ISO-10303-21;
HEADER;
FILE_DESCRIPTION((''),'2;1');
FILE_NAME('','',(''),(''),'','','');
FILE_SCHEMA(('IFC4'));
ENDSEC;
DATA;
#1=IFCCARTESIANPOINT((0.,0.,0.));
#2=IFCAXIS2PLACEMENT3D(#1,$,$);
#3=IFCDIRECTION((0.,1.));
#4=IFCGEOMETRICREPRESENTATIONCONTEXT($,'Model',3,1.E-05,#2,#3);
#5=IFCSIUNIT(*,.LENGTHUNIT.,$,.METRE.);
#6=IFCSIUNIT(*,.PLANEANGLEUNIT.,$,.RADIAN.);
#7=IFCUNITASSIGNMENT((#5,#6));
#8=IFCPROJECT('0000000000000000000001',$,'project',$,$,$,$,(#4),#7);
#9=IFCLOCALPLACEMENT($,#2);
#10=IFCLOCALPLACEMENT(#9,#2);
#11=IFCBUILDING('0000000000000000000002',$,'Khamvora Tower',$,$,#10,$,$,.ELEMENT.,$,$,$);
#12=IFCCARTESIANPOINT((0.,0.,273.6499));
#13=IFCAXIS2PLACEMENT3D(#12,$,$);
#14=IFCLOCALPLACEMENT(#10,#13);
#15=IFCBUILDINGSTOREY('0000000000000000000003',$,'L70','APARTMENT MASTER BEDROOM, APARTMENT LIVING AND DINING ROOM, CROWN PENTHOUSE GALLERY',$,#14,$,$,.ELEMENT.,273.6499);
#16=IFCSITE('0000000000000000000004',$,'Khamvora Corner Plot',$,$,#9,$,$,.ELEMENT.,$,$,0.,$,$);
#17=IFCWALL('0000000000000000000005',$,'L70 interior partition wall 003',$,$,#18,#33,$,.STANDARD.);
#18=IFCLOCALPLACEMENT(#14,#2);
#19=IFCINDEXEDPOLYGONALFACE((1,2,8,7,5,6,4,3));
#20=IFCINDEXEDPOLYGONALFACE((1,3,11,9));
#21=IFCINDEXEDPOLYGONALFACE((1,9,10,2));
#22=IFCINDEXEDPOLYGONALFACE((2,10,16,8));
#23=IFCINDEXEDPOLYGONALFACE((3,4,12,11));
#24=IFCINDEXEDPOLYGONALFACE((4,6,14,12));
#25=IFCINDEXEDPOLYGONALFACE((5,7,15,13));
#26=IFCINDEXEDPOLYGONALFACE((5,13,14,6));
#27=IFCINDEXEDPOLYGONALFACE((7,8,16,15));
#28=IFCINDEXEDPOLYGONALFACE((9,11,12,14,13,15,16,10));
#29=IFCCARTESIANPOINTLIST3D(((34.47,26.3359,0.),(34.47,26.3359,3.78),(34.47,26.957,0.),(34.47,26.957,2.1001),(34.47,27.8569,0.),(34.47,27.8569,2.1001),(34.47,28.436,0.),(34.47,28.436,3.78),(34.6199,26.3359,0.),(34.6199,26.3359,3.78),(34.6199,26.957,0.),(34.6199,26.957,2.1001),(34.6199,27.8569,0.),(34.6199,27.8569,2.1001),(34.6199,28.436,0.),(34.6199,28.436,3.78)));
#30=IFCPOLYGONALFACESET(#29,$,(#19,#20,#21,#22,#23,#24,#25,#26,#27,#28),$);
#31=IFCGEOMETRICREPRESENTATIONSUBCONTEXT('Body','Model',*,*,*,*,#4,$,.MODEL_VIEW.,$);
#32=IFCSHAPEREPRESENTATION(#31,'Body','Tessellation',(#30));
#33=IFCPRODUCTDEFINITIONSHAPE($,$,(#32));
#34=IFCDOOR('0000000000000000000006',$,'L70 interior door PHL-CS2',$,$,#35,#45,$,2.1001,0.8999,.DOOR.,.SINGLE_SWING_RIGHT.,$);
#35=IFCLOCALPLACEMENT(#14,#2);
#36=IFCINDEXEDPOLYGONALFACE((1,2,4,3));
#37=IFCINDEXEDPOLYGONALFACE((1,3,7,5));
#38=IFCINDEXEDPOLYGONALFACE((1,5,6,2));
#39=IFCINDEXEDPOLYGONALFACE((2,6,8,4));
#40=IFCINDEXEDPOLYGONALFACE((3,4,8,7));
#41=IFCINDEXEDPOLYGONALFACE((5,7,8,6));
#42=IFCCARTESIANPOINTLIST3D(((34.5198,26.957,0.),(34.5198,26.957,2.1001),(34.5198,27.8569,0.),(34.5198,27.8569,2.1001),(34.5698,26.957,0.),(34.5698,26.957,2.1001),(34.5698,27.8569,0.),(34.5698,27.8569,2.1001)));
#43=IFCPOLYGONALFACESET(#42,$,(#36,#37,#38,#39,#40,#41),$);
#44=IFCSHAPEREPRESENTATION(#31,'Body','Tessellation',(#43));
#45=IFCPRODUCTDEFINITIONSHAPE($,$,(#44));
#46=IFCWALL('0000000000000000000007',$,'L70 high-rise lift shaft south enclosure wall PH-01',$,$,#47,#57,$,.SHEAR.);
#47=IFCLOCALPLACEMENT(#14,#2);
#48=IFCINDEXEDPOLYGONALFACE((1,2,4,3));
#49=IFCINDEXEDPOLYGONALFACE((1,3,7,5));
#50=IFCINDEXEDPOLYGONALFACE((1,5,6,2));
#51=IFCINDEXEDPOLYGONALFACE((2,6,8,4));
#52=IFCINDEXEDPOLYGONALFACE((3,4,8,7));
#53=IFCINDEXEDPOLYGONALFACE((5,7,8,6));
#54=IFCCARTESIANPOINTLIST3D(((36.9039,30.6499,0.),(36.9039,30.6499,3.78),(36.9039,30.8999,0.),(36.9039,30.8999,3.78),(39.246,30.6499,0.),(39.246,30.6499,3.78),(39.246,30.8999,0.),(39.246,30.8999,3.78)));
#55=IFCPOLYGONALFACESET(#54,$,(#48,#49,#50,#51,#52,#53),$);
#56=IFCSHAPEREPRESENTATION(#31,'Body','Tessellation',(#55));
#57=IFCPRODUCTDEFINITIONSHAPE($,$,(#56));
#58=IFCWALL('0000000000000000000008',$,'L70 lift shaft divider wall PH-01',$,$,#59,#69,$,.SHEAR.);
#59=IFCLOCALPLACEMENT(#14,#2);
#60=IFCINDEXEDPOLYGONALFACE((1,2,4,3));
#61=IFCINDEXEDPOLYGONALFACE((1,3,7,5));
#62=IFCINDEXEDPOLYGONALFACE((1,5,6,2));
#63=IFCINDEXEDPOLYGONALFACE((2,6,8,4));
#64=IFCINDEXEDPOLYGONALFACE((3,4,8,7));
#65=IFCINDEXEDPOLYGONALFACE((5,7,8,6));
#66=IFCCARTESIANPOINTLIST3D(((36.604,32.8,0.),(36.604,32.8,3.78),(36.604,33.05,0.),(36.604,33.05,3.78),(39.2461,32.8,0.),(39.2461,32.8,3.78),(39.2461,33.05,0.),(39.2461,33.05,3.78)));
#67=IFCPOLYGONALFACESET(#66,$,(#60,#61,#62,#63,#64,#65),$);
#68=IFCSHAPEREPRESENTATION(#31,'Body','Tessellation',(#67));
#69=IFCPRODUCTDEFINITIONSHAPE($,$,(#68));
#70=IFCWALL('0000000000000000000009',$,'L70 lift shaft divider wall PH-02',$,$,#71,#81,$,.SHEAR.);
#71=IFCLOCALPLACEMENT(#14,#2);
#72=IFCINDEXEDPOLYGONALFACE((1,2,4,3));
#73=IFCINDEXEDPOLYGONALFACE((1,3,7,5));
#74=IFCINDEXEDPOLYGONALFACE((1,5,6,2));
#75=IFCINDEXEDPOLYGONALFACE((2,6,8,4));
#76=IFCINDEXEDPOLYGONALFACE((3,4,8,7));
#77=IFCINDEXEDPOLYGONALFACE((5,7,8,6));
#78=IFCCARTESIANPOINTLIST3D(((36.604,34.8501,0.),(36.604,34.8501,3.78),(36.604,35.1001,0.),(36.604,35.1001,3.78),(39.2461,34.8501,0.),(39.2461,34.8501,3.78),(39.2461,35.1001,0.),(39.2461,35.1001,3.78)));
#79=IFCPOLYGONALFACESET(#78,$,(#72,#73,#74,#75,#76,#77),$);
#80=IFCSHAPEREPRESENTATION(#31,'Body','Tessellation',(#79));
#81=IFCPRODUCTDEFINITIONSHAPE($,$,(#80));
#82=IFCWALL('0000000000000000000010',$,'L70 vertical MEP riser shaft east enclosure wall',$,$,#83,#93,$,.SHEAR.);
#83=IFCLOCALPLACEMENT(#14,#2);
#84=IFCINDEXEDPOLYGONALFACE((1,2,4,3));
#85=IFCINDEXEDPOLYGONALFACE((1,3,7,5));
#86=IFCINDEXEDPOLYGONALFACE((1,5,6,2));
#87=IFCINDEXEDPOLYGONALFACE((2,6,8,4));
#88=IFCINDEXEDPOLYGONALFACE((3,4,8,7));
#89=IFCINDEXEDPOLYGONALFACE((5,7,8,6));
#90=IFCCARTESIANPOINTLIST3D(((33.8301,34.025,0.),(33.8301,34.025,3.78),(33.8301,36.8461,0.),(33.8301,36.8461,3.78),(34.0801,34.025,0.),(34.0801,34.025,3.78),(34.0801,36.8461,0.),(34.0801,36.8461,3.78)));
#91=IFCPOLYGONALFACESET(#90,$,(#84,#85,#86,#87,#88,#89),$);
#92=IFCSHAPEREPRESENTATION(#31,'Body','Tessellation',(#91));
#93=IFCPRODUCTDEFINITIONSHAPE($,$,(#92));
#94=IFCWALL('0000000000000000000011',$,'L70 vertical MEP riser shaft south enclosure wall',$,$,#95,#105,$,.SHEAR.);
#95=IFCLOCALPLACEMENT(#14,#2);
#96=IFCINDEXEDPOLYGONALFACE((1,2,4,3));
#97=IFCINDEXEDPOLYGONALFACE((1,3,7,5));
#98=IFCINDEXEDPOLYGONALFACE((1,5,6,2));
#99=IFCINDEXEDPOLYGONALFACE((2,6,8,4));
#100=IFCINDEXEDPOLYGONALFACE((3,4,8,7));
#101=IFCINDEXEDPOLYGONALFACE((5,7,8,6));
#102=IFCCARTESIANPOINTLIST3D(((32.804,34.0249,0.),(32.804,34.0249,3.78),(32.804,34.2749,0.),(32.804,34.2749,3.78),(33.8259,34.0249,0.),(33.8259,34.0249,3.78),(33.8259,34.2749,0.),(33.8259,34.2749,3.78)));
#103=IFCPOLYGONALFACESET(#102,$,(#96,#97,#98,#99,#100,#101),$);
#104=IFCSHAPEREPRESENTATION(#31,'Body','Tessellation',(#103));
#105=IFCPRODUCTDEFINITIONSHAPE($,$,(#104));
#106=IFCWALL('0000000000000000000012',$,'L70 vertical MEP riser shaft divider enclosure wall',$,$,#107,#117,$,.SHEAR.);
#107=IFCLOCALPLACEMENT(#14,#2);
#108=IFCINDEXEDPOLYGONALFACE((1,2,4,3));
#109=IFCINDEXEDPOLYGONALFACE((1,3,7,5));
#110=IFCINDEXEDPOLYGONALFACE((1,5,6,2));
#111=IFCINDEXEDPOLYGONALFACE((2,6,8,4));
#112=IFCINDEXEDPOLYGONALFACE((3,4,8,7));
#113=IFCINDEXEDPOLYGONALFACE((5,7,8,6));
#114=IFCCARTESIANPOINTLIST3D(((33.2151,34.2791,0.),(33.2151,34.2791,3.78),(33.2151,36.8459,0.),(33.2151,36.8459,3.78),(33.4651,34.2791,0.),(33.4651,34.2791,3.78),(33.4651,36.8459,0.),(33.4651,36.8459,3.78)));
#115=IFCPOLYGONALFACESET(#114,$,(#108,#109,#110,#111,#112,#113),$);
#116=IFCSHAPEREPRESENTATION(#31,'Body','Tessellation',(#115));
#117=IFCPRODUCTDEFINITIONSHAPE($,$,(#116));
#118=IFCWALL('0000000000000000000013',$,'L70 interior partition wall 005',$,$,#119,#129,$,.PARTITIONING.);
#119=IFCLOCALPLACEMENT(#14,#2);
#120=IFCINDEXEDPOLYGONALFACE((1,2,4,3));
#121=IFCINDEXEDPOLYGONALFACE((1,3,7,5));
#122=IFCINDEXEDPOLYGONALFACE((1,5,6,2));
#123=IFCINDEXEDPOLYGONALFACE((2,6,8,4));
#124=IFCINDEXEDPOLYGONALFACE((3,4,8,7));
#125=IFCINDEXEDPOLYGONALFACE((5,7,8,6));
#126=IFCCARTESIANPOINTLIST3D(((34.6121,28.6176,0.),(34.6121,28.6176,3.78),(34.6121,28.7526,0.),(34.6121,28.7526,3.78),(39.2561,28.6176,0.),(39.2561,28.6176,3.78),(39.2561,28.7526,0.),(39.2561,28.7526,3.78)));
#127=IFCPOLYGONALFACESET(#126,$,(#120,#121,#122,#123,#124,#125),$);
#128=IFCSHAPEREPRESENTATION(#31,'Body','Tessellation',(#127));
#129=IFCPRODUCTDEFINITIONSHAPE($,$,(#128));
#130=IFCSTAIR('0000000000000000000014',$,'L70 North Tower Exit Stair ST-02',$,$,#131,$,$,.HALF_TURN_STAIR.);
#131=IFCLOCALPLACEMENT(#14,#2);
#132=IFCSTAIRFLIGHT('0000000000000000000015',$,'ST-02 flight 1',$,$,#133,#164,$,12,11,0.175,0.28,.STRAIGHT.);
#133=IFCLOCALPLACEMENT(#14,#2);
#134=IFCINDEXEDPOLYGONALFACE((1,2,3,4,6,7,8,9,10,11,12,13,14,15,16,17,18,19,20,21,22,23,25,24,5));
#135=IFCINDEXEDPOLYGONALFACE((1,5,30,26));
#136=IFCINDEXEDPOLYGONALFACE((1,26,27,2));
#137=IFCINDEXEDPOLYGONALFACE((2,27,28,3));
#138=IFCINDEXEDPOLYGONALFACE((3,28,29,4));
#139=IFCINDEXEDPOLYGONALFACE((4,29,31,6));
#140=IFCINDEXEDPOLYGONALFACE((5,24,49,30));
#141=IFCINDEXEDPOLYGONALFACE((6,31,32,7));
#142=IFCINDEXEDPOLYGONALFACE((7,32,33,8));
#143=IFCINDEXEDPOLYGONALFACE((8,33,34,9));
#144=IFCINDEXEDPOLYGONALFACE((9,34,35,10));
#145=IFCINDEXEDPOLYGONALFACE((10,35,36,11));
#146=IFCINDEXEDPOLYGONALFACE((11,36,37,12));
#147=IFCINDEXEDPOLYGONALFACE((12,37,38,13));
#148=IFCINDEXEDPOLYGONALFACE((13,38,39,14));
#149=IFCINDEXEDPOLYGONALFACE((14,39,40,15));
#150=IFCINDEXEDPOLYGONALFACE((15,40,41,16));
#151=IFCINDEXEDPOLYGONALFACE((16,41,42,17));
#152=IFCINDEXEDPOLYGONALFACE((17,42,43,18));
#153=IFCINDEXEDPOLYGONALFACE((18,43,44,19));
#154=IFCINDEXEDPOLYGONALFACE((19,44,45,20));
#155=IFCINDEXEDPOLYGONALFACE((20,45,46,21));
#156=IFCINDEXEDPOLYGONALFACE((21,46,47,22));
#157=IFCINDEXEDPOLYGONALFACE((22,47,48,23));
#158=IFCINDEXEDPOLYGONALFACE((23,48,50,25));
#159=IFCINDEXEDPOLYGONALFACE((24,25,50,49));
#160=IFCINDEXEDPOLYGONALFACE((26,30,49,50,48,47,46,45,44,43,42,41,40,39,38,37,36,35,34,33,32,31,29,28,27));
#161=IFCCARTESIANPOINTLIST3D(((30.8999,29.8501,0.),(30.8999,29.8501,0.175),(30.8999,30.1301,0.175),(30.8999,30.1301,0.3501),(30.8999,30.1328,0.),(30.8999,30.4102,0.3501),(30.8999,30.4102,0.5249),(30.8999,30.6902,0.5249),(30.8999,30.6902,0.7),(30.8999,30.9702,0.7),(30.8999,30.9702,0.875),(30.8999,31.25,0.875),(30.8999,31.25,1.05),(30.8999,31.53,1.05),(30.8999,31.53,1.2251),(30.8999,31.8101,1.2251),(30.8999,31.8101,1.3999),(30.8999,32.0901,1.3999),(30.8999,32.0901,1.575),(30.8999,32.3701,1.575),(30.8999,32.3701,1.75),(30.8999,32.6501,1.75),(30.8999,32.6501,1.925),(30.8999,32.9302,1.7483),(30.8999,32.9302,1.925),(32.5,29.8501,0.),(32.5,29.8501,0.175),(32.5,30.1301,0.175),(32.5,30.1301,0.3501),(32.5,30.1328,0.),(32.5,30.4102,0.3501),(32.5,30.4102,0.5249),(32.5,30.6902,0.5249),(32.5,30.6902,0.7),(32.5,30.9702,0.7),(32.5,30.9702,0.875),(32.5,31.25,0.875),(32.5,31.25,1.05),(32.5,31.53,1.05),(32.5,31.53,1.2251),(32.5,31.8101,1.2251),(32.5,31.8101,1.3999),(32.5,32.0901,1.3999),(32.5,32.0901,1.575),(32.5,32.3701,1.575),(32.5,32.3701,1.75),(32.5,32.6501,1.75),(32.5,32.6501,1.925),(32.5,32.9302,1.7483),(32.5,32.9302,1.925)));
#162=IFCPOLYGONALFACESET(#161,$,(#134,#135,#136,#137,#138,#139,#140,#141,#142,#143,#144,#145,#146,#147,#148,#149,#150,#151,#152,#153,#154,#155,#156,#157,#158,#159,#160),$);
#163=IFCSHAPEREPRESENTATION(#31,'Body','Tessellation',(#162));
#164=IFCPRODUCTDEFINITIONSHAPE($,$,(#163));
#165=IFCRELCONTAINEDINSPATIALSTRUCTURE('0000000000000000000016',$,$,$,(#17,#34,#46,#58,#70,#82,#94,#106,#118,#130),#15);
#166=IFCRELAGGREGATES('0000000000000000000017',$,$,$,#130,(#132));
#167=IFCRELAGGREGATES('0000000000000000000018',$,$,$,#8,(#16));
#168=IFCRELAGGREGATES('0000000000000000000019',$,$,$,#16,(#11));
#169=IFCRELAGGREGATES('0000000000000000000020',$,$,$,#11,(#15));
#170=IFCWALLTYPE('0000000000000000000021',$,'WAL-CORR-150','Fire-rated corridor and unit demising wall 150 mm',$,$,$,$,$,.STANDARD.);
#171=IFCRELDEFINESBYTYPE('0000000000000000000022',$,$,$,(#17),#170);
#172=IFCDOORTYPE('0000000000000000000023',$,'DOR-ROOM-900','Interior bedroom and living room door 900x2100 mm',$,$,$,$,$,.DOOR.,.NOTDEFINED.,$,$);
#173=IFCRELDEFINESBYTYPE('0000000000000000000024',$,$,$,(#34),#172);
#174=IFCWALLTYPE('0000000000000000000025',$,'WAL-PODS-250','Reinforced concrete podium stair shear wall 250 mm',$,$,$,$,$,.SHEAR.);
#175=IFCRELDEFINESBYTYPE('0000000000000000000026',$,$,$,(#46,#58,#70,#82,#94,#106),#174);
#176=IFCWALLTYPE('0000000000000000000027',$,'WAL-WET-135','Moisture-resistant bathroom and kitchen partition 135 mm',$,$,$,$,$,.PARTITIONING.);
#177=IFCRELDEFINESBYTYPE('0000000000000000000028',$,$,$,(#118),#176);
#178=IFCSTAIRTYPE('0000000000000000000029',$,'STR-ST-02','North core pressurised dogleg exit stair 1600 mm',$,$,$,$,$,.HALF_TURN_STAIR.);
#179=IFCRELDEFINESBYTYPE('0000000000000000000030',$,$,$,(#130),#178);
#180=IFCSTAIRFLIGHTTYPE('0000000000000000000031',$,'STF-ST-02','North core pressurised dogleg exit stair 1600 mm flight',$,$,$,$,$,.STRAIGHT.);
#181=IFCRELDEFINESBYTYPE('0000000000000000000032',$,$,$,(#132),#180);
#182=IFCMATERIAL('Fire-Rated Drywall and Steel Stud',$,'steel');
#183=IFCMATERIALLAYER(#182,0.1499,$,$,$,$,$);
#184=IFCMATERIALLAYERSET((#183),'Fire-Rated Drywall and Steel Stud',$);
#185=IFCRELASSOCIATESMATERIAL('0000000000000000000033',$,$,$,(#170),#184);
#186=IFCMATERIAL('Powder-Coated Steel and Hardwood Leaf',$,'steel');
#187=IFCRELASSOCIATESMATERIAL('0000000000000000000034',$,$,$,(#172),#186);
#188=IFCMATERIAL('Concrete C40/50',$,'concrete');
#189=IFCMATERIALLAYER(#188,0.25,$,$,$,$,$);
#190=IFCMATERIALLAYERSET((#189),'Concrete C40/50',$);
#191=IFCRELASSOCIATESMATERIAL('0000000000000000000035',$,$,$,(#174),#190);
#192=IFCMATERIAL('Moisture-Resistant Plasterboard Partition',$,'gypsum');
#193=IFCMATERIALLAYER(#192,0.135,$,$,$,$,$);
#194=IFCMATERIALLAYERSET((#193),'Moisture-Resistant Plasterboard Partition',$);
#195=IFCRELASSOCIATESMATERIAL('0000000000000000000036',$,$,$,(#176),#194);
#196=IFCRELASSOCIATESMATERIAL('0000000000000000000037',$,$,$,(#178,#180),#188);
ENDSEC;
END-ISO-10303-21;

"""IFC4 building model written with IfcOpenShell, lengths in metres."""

from ifc_helpers import new_model, si_unit, direction, frame, frame_2d, origin, place, context, subcontext, project, spatial, polyline, rectangle, outline, extrude, material, layer, layer_set, type_object, element, fill, aggregate, save


model = new_model("IFC4")

# Units and contexts
model_context = context("Model", 3, precision=1e-05, world=origin(), true_north=direction((0.0, 1.0)))
body_context = subcontext(model_context, "Body", "Model", "MODEL_VIEW")
ifc_project = project(units=[si_unit("LENGTHUNIT", "METRE"), si_unit("PLANEANGLEUNIT", "RADIAN")], contexts=[model_context])

# Site, building, storey
site_placement = place(None, origin())
site = spatial("IfcSite", under=ifc_project, at=site_placement, Name="Khamvora Corner Plot", CompositionType="ELEMENT", RefElevation=0.0)
building_placement = place(site_placement, origin())
building = spatial("IfcBuilding", under=site, at=building_placement, Name="Khamvora Tower", CompositionType="ELEMENT")
storey_placement = place(building_placement, frame((0.0, 0.0, 273.6499)))
storey = spatial("IfcBuildingStorey", under=building, at=storey_placement, Name="L70", Description="APARTMENT MASTER BEDROOM, APARTMENT LIVING AND DINING ROOM, CROWN PENTHOUSE GALLERY", CompositionType="ELEMENT", Elevation=273.6499)

# Shared definitions
ifc_material_1 = material(Name="Powder-Coated Steel and Hardwood Leaf", Category="steel")

# Shared definitions
ifc_material_2 = material(Name="Fire-Rated Drywall and Steel Stud", Category="steel")
ifc_layer_1 = layer(ifc_material_2, 0.1499)
ifc_layer_set_1 = layer_set([ifc_layer_1], Name="Fire-Rated Drywall and Steel Stud")
wall_type_1 = type_object("IfcWallType", Name="WAL-CORR-150", Description="Fire-rated corridor and unit demising wall 150 mm", PredefinedType="STANDARD", material=ifc_layer_set_1)

# Wall, opening, door
wall_1_placement = place(storey_placement, frame((34.5449, 28.436, 0.0), z_axis=(0.0, 0.0, 1.0), x_axis=(0.0, -1.0, 0.0)))
wall_1 = element("IfcWall", 1, at=wall_1_placement, inside=storey, type_object=wall_type_1, Name="L70 interior partition wall 003", PredefinedType="STANDARD", context=body_context, shape_type="SweptSolid", body=[
    extrude(rectangle(XDim=2.1001, YDim=0.1499, at=frame_2d((1.05, 0.0))), origin(), (0.0, 0.0, 1.0), 3.78),
])
opening_1_placement = place(wall_1_placement, frame((0.5791, 0.0, 0.0)))
opening_1 = element("IfcOpeningElement", 2, at=opening_1_placement, cuts=wall_1, PredefinedType="OPENING", context=body_context, shape_type="SweptSolid", body=[
    extrude(rectangle(XDim=0.8999, YDim=2.1001, at=frame_2d((0.45, 1.05))), frame((0.0, 0.085, 0.0), z_axis=(0.0, -1.0, 0.0), x_axis=(1.0, 0.0, 0.0)), (0.0, 0.0, 1.0), 0.1699),
])
door_type_1 = type_object("IfcDoorType", Name="DOR-ROOM-900", Description="Interior bedroom and living room door 900x2100 mm", OperationType="NOTDEFINED", PredefinedType="DOOR", material=ifc_material_1)
door_1_placement = place(opening_1_placement, origin())
door_1 = element("IfcDoor", 3, at=door_1_placement, inside=storey, type_object=door_type_1, Name="L70 interior door PHL-CS2", OperationType="SINGLE_SWING_RIGHT", OverallHeight=2.1001, OverallWidth=0.8999, PredefinedType="DOOR", context=body_context, shape_type="SweptSolid", body=[
    extrude(rectangle(XDim=0.8999, YDim=2.1001, at=frame_2d((0.45, 1.05))), frame((0.0, 0.0249, 0.0), z_axis=(0.0, -1.0, 0.0), x_axis=(1.0, 0.0, 0.0)), (0.0, 0.0, 1.0), 0.05),
])
fill(opening_1, door_1)

# Walls
ifc_material_3 = material(Name="Concrete C40/50", Category="concrete")
ifc_layer_2 = layer(ifc_material_3, 0.25)
ifc_layer_set_2 = layer_set([ifc_layer_2], Name="Concrete C40/50")
wall_type_2 = type_object("IfcWallType", Name="WAL-PODS-250", Description="Reinforced concrete podium stair shear wall 250 mm", PredefinedType="SHEAR", material=ifc_layer_set_2)
wall_2_placement = place(storey_placement, frame((36.9041, 30.7749, 0.0), z_axis=(0.0, 0.0, 1.0), x_axis=(1.0, 0.0, 0.0)))
element("IfcWall", 4, at=wall_2_placement, inside=storey, type_object=wall_type_2, Name="L70 high-rise lift shaft south enclosure wall PH-01", PredefinedType="SHEAR", context=body_context, shape_type="SweptSolid", body=[
    extrude(rectangle(XDim=2.342, YDim=0.25, at=frame_2d((1.1709, 0.0))), origin(), (0.0, 0.0, 1.0), 3.78),
])
for number, where, z_axis, x_axis, name in (
    (5, (36.604, 32.925, 0.0), (0.0, 0.0, 1.0), (1.0, 0.0, 0.0), "L70 lift shaft divider wall PH-01"),
    (6, (36.604, 34.9751, 0.0), (0.0, 0.0, 1.0), (1.0, 0.0, 0.0), "L70 lift shaft divider wall PH-02"),
):
    element("IfcWall", number, at=place(storey_placement, frame(where, z_axis=z_axis, x_axis=x_axis)), inside=storey, type_object=wall_type_2, Name=name, PredefinedType="SHEAR", context=body_context, shape_type="SweptSolid", body=[
        extrude(rectangle(XDim=2.6421, YDim=0.25, at=frame_2d((1.321, 0.0))), origin(), (0.0, 0.0, 1.0), 3.78),
    ])
wall_3_placement = place(storey_placement, frame((33.9551, 34.0249, 0.0), z_axis=(0.0, 0.0, 1.0), x_axis=(0.0, 1.0, 0.0)))
element("IfcWall", 7, at=wall_3_placement, inside=storey, type_object=wall_type_2, Name="L70 vertical MEP riser shaft east enclosure wall", PredefinedType="SHEAR", context=body_context, shape_type="SweptSolid", body=[
    extrude(rectangle(XDim=2.821, YDim=0.25, at=frame_2d((1.4106, 0.0))), origin(), (0.0, 0.0, 1.0), 3.78),
])
wall_4_placement = place(storey_placement, frame((32.804, 34.1499, 0.0), z_axis=(0.0, 0.0, 1.0), x_axis=(1.0, 0.0, 0.0)))
element("IfcWall", 8, at=wall_4_placement, inside=storey, type_object=wall_type_2, Name="L70 vertical MEP riser shaft south enclosure wall", PredefinedType="SHEAR", context=body_context, shape_type="SweptSolid", body=[
    extrude(rectangle(XDim=1.022, YDim=0.25, at=frame_2d((0.511, 0.0))), origin(), (0.0, 0.0, 1.0), 3.78),
])
wall_5_placement = place(storey_placement, frame((33.3401, 34.2791, 0.0), z_axis=(0.0, 0.0, 1.0), x_axis=(0.0, 1.0, 0.0)))
element("IfcWall", 9, at=wall_5_placement, inside=storey, type_object=wall_type_2, Name="L70 vertical MEP riser shaft divider enclosure wall", PredefinedType="SHEAR", context=body_context, shape_type="SweptSolid", body=[
    extrude(rectangle(XDim=2.5669, YDim=0.25, at=frame_2d((1.2834, 0.0))), origin(), (0.0, 0.0, 1.0), 3.78),
])
ifc_material_4 = material(Name="Moisture-Resistant Plasterboard Partition", Category="gypsum")
ifc_layer_3 = layer(ifc_material_4, 0.135)
ifc_layer_set_3 = layer_set([ifc_layer_3], Name="Moisture-Resistant Plasterboard Partition")
wall_type_3 = type_object("IfcWallType", Name="WAL-WET-135", Description="Moisture-resistant bathroom and kitchen partition 135 mm", PredefinedType="PARTITIONING", material=ifc_layer_set_3)
wall_6_placement = place(storey_placement, frame((39.2561, 28.6851, 0.0), z_axis=(0.0, 0.0, 1.0), x_axis=(-1.0, 0.0, 0.0)))
element("IfcWall", 10, at=wall_6_placement, inside=storey, type_object=wall_type_3, Name="L70 interior partition wall 005", PredefinedType="PARTITIONING", context=body_context, shape_type="SweptSolid", body=[
    extrude(rectangle(XDim=4.644, YDim=0.135, at=frame_2d((2.322, 0.0))), origin(), (0.0, 0.0, 1.0), 3.78),
])

# Stair, stair flight
stair_type = type_object("IfcStairType", Name="STR-ST-02", Description="North core pressurised dogleg exit stair 1600 mm", PredefinedType="HALF_TURN_STAIR", material=ifc_material_3)
stair_placement = place(storey_placement, origin())
stair = element("IfcStair", 11, at=stair_placement, inside=storey, type_object=stair_type, Name="L70 North Tower Exit Stair ST-02", PredefinedType="HALF_TURN_STAIR")
stair_flight_type = type_object("IfcStairFlightType", Name="STF-ST-02", Description="North core pressurised dogleg exit stair 1600 mm flight", PredefinedType="STRAIGHT", material=ifc_material_3)
stair_flight_1_placement = place(storey_placement, frame((31.7, 29.8501, 0.0), z_axis=(0.0, 0.0, 1.0), x_axis=(0.0, 1.0, 0.0)))
stair_flight_1 = element("IfcStairFlight", 12, at=stair_flight_1_placement, type_object=stair_flight_type, Name="ST-02 flight 1", NumberOfRisers=12, NumberOfTreads=11, PredefinedType="STRAIGHT", RiserHeight=0.175, TreadLength=0.28, context=body_context, shape_type="SweptSolid", body=[
    extrude(outline(polyline([(0.0, 0.0), (0.0, 0.175), (0.28, 0.175), (0.28, 0.3501), (0.5601, 0.3501), (0.5601, 0.5249), (0.8401, 0.5249), (0.8401, 0.7), (1.1201, 0.7), (1.1201, 0.875), (1.3999, 0.875), (1.3999, 1.05), (1.6799, 1.05), (1.6799, 1.2251), (1.96, 1.2251), (1.96, 1.3999), (2.24, 1.3999), (2.24, 1.575), (2.52, 1.575), (2.52, 1.75), (2.8, 1.75), (2.8, 1.925), (3.0801, 1.925), (3.0801, 2.1001), (3.0801, 1.7483), (0.2827, 0.0), (0.0, 0.0)])), frame((0.0, 0.8, 0.0), z_axis=(0.0, -1.0, 0.0), x_axis=(1.0, 0.0, 0.0)), (0.0, 0.0, 1.0), 1.6001),
])
aggregate(stair, [stair_flight_1])

save(model, "model.ifc")
